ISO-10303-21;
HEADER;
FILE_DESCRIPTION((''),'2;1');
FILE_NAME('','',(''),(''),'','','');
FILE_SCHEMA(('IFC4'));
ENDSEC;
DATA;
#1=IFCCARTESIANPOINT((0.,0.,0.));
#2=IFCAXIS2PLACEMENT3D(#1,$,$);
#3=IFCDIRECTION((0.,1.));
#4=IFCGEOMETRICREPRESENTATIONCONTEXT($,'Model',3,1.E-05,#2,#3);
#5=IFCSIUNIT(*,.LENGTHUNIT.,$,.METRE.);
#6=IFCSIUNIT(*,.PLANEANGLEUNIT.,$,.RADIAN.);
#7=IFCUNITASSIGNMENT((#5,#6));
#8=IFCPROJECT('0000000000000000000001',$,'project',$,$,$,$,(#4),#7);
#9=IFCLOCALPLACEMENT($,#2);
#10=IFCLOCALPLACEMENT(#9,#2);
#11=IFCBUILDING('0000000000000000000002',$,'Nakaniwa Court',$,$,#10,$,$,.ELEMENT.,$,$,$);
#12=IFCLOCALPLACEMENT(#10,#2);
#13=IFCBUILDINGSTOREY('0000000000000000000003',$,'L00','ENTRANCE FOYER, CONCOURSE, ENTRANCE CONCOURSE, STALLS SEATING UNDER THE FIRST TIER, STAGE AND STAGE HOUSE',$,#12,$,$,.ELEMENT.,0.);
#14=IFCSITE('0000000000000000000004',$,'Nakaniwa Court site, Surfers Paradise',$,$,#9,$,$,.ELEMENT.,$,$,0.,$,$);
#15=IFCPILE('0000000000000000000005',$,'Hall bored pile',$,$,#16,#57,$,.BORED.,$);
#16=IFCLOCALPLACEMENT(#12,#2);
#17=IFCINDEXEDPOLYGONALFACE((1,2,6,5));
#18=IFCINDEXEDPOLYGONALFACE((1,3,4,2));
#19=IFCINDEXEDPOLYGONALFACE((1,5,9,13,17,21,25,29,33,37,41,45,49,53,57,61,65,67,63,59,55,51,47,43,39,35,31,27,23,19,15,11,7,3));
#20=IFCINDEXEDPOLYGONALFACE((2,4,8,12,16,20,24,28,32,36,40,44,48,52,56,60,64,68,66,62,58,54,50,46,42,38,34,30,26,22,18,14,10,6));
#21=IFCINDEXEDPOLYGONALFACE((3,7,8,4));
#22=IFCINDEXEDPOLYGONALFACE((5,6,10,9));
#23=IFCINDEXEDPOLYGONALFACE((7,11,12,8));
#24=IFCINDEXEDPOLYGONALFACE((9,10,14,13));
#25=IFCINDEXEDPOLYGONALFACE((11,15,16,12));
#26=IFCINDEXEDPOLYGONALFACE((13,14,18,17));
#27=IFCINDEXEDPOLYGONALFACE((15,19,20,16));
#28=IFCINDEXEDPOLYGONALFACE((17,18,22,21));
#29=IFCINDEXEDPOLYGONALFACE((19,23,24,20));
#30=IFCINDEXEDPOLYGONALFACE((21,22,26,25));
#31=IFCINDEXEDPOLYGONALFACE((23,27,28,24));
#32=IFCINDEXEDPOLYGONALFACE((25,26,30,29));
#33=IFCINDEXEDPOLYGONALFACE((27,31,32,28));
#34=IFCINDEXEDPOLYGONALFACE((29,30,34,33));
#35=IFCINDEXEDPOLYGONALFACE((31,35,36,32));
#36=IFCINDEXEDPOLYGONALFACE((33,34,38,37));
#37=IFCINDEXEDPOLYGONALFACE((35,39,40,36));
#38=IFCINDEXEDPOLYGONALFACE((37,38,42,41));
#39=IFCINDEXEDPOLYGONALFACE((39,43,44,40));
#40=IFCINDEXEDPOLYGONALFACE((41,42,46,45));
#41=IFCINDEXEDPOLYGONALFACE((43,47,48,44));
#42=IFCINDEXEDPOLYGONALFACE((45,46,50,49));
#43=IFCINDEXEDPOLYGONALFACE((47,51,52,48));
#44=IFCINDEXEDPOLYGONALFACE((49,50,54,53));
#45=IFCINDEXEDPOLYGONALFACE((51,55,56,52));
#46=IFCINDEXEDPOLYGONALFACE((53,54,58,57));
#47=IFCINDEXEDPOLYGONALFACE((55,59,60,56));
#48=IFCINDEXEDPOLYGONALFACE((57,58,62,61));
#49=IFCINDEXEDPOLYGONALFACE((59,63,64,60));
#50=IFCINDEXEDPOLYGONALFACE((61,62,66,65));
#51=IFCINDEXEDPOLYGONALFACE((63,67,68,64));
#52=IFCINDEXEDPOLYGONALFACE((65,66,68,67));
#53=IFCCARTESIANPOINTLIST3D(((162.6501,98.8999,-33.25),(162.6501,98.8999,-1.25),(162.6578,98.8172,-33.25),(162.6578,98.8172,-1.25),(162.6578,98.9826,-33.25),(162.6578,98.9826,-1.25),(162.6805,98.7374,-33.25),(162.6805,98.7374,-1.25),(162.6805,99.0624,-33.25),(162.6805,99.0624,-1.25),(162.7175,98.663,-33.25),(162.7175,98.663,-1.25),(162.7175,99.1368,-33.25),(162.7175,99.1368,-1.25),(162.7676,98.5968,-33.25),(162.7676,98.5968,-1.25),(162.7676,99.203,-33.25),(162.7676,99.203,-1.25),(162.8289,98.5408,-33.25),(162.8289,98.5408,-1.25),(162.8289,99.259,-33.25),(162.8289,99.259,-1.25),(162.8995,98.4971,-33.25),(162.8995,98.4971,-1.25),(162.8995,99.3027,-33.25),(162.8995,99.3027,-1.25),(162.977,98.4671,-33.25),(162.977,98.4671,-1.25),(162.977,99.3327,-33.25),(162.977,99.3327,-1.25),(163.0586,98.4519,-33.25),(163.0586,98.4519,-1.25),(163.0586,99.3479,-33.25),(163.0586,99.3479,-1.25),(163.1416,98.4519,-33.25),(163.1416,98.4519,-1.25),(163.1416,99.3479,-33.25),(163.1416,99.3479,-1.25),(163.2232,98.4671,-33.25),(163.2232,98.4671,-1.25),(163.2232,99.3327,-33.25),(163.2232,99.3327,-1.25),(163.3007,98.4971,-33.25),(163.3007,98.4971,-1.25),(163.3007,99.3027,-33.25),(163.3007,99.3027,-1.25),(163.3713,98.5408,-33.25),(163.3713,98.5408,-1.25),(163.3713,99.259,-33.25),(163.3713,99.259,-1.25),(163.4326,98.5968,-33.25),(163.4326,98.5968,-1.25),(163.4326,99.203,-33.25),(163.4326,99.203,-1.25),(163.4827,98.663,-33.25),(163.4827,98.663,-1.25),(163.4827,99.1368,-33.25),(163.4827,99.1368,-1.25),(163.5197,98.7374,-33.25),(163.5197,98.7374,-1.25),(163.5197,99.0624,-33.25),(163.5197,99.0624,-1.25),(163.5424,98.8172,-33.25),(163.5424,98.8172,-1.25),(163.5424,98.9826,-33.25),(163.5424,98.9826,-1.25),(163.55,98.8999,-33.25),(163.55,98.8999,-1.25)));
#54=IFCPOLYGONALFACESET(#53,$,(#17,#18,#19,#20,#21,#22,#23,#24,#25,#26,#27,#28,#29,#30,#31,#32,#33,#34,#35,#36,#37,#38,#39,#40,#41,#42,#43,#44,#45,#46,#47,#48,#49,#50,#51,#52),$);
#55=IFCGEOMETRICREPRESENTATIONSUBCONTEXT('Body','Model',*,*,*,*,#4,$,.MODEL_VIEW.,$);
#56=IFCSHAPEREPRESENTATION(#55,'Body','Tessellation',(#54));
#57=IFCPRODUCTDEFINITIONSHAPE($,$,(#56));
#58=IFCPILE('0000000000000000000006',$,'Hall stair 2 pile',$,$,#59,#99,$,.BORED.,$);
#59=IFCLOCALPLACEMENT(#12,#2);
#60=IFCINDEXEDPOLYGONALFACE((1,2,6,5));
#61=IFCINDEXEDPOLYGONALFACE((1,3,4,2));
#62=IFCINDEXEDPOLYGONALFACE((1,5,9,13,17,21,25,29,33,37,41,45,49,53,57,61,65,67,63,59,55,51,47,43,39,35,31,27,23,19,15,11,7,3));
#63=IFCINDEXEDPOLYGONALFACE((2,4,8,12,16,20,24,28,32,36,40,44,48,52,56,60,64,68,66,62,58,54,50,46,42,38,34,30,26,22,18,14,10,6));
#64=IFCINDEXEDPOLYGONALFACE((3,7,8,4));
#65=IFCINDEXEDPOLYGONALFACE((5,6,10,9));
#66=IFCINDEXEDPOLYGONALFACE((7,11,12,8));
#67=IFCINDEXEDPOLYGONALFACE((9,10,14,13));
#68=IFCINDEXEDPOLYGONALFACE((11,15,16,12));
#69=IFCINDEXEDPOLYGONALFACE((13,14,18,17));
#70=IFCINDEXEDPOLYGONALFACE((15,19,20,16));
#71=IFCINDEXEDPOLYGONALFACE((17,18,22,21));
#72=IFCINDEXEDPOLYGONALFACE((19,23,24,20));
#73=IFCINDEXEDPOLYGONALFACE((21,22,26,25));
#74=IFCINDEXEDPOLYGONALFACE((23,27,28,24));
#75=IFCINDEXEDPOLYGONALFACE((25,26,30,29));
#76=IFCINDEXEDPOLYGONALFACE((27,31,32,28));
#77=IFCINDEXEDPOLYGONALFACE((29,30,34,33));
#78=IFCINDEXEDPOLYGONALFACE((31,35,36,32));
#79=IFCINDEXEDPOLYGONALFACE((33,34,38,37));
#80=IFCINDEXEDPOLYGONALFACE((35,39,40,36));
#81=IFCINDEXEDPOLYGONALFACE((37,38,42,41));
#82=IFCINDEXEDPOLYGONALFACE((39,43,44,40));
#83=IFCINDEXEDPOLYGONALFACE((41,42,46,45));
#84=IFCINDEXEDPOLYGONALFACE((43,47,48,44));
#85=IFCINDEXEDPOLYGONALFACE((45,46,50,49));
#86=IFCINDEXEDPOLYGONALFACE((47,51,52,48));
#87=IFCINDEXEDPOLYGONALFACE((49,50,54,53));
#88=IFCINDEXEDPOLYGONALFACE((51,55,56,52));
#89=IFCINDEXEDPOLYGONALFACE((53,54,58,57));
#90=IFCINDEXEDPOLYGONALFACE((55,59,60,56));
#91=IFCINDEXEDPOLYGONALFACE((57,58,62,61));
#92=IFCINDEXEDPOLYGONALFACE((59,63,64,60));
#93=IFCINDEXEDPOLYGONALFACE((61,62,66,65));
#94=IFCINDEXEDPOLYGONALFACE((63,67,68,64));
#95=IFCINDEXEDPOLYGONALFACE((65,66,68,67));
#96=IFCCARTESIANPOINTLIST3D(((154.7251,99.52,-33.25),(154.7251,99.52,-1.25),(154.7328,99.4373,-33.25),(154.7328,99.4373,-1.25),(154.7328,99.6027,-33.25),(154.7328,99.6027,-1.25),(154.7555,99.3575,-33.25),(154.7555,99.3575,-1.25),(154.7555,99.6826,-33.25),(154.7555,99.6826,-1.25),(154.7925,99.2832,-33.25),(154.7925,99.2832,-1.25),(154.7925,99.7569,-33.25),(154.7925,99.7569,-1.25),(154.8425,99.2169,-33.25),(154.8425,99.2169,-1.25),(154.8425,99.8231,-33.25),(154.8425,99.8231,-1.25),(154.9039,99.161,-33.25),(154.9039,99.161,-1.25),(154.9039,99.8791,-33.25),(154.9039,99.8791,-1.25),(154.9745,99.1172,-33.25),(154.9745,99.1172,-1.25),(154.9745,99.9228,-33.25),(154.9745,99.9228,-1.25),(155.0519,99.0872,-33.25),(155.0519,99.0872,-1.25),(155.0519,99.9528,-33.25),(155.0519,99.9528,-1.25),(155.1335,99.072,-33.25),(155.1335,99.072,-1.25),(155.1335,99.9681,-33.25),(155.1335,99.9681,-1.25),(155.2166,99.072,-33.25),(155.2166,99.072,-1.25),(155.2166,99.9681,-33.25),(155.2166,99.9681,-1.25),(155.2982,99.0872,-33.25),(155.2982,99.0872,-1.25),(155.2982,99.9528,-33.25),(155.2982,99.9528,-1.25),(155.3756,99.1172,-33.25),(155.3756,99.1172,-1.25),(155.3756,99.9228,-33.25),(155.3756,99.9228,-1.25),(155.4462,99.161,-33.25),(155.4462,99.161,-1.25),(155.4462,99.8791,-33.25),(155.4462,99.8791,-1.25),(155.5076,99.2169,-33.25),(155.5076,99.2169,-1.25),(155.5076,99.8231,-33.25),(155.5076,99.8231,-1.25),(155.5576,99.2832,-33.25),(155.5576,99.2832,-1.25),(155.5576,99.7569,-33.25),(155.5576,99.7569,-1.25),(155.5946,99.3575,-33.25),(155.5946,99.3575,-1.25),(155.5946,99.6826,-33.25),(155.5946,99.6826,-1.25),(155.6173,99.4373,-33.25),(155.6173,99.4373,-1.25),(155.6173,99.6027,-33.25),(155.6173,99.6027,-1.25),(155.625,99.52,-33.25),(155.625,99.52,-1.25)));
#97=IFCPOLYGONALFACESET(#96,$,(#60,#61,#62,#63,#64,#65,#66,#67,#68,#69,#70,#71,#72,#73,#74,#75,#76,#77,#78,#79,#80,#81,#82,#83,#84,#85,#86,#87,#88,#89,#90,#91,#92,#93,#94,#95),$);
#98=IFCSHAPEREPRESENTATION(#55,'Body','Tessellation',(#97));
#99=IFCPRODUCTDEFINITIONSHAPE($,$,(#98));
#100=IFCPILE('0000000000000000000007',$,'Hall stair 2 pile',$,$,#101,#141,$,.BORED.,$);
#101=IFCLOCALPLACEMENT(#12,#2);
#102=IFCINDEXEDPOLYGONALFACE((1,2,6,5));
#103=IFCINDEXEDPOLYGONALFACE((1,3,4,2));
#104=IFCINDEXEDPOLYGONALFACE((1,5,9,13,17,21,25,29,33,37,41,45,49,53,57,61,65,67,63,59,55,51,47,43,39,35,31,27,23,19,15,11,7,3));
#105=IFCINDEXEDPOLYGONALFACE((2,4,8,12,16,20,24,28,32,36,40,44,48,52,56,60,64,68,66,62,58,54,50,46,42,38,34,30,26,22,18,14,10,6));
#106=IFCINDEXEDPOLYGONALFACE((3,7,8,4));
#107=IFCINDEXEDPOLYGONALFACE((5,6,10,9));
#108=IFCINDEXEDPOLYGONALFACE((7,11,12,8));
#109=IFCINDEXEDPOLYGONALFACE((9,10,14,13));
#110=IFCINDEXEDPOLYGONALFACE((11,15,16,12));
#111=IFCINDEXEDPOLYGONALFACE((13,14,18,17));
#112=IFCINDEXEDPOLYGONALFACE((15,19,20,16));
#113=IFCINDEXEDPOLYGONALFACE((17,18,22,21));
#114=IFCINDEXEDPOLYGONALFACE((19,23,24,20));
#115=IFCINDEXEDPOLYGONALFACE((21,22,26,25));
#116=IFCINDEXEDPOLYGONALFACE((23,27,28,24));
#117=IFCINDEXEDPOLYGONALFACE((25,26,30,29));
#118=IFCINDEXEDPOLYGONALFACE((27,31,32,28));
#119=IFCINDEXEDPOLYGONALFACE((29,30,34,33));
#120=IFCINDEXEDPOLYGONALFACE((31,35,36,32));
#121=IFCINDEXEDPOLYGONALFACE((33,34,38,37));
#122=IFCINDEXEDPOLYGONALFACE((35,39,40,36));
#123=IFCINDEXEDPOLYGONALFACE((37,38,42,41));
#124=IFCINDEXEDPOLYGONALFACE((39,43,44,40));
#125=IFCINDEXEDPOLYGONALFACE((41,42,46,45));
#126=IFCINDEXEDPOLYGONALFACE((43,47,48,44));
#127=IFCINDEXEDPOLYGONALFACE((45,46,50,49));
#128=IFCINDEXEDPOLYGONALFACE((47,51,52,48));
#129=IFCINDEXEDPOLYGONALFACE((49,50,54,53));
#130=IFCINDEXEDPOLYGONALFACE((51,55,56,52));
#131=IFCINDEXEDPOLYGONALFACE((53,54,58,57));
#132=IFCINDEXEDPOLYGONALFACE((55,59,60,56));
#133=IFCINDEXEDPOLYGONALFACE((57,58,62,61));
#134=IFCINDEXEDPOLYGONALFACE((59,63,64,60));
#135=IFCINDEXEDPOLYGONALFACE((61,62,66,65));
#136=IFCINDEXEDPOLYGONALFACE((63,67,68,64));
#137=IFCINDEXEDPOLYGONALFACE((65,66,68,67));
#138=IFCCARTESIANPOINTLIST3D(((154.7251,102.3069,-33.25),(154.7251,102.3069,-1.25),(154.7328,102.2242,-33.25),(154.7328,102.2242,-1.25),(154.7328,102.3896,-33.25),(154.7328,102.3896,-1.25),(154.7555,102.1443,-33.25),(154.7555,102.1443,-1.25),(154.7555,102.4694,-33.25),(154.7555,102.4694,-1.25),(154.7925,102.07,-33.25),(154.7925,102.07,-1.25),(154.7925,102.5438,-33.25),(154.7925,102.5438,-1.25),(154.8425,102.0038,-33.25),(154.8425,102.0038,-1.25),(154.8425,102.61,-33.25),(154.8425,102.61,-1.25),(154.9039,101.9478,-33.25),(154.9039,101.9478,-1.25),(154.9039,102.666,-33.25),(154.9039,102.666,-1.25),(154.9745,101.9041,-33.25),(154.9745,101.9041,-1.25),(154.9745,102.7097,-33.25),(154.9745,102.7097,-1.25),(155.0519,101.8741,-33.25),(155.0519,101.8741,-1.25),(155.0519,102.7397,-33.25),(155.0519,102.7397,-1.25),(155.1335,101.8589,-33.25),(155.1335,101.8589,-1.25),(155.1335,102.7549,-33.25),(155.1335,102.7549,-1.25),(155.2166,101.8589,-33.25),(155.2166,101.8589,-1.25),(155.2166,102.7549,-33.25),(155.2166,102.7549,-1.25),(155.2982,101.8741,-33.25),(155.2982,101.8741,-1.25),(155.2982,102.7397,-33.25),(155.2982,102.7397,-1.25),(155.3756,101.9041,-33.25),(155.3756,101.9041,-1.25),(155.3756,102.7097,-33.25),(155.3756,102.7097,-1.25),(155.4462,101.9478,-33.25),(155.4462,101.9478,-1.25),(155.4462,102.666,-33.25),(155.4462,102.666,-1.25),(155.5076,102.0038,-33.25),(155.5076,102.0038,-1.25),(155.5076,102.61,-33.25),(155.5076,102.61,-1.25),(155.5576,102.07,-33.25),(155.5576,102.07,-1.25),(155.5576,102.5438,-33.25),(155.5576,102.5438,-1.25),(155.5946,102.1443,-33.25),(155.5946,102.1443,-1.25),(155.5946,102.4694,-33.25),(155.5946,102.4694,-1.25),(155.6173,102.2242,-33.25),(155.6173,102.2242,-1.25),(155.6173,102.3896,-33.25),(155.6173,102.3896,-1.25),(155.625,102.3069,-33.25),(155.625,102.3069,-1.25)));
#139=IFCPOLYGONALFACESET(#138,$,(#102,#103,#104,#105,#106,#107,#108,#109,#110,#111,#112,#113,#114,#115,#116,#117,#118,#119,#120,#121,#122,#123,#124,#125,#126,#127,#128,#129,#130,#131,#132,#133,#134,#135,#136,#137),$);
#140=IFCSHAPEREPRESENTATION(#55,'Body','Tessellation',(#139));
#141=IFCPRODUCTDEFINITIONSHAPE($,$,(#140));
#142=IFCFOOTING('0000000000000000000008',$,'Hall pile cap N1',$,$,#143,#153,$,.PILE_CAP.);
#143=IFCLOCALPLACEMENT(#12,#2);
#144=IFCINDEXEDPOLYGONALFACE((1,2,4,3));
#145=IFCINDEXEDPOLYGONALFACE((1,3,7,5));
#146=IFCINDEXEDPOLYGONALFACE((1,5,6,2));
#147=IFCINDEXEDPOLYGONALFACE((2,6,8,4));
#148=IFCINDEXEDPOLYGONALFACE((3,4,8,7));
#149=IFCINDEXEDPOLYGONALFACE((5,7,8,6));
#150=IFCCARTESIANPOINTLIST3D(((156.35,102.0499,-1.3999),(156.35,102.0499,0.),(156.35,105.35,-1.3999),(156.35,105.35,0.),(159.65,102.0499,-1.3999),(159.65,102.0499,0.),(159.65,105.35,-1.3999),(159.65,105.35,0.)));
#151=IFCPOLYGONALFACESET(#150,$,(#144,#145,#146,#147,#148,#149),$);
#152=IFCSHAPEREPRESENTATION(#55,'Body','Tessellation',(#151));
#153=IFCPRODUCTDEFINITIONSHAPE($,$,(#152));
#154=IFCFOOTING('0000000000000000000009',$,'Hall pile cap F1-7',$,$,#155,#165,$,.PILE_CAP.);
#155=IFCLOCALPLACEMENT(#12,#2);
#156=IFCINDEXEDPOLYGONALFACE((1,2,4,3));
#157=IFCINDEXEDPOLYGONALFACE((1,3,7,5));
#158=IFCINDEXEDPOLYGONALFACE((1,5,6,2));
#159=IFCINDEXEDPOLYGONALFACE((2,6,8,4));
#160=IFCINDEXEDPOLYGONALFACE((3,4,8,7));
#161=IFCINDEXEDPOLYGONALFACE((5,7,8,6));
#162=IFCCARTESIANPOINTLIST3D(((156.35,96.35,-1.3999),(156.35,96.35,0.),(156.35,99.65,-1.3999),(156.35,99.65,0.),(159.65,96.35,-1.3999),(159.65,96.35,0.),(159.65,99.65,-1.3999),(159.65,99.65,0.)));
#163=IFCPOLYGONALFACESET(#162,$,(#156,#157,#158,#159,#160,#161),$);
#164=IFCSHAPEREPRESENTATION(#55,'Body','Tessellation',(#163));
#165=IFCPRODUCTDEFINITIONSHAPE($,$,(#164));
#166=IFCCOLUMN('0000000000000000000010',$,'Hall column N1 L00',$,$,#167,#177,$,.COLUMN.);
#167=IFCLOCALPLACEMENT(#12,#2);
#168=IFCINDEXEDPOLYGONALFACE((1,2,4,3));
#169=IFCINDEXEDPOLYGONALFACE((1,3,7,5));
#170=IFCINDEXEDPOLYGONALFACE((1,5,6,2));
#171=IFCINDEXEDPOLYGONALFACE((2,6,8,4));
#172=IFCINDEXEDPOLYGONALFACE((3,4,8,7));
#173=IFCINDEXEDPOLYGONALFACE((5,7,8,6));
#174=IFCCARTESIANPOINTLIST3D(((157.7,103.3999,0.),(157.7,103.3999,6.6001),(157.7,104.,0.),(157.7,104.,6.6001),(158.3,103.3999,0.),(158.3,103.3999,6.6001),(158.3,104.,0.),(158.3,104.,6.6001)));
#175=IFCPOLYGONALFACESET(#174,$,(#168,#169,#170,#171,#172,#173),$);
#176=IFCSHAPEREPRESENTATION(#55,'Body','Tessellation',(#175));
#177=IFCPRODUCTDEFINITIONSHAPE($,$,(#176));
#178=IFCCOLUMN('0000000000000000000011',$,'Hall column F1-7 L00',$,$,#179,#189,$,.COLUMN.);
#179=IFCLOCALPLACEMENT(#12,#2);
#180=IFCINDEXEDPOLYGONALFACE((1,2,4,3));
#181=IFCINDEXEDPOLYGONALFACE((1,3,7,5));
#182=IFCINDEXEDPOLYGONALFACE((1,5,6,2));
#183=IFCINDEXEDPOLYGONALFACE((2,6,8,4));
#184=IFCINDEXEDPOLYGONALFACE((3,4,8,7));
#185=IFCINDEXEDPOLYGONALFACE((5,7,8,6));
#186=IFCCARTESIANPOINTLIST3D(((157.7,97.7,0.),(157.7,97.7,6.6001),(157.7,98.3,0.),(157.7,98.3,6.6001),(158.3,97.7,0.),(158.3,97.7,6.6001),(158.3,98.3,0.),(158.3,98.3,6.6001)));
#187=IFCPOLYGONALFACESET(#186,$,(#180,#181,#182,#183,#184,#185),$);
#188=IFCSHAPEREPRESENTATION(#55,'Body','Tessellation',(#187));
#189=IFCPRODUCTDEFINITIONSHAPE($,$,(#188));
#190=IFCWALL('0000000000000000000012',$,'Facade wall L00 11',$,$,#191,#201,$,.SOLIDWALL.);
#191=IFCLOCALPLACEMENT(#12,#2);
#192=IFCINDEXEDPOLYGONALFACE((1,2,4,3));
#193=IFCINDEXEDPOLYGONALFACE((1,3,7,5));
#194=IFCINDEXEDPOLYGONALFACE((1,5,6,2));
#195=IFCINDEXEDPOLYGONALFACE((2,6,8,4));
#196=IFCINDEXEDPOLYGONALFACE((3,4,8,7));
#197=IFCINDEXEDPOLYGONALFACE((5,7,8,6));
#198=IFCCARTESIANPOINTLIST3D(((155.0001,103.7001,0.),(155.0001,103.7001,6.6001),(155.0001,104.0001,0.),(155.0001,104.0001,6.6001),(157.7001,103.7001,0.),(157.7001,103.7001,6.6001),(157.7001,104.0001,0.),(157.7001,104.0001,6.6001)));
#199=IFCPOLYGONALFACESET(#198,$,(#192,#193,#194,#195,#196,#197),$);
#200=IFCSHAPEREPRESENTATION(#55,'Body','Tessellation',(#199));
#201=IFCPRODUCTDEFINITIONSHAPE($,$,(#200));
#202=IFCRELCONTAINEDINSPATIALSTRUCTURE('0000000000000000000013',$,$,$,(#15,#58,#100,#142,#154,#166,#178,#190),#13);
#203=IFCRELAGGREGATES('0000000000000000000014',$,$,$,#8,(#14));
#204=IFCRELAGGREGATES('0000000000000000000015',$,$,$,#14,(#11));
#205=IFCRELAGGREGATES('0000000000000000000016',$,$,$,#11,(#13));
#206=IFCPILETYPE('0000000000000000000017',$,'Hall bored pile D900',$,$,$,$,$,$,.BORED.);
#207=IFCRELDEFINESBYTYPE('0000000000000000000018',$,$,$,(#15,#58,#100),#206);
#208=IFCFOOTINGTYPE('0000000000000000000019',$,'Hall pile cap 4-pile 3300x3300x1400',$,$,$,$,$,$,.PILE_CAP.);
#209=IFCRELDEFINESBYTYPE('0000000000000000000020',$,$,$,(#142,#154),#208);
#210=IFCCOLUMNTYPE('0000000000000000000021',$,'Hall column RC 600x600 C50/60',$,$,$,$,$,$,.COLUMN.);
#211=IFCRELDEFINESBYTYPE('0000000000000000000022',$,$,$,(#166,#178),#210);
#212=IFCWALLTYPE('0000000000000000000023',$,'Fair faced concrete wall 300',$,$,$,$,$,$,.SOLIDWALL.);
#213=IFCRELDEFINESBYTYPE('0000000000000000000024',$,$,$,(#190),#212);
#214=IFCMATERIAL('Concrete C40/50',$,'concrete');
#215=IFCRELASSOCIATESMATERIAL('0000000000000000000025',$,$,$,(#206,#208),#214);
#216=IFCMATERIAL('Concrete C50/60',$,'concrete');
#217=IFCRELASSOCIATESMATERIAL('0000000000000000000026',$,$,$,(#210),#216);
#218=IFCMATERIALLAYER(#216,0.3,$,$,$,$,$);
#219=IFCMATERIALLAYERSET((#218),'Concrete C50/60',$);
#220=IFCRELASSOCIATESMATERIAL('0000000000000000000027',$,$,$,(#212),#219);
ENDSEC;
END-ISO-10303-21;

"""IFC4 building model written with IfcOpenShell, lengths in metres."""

from ifc_helpers import new_model, si_unit, direction, frame, frame_2d, origin, origin_2d, place, context, subcontext, project, spatial, rectangle, circle, extrude, material, layer, layer_set, material_profile, profile_set, type_object, element, save


model = new_model("IFC4")

# Units and contexts
model_context = context("Model", 3, precision=1e-05, world=origin(), true_north=direction((0.0, 1.0)))
body_context = subcontext(model_context, "Body", "Model", "MODEL_VIEW")
ifc_project = project(units=[si_unit("LENGTHUNIT", "METRE"), si_unit("PLANEANGLEUNIT", "RADIAN")], contexts=[model_context])

# Site, building, storey
site_placement = place(None, origin())
site = spatial("IfcSite", under=ifc_project, at=site_placement, Name="Nakaniwa Court site, Surfers Paradise", CompositionType="ELEMENT", RefElevation=0.0)
building_placement = place(site_placement, origin())
building = spatial("IfcBuilding", under=site, at=building_placement, Name="Nakaniwa Court", CompositionType="ELEMENT")
storey_placement = place(building_placement, origin())
storey = spatial("IfcBuildingStorey", under=building, at=storey_placement, Name="L00", Description="ENTRANCE FOYER, CONCOURSE, ENTRANCE CONCOURSE, STALLS SEATING UNDER THE FIRST TIER, STAGE AND STAGE HOUSE", CompositionType="ELEMENT", Elevation=0.0)

# Piles
ifc_material_1 = material(Name="Concrete C40/50", Category="concrete")
ifc_material_profile_1 = material_profile(ifc_material_1, circle(Radius=0.45, at=origin_2d()), Name="Bored pile D900")
ifc_profile_set_1 = profile_set([ifc_material_profile_1], Name="Concrete C40/50")
pile_type = type_object("IfcPileType", Name="Hall bored pile D900", PredefinedType="BORED", material=ifc_profile_set_1)
for number, where, z_axis, x_axis, name in (
    (1, (163.1001, 98.8999, -1.25), (0.0, 0.0, -1.0), (1.0, 0.0, 0.0), "Hall bored pile"),
    (2, (155.175, 99.52, -1.25), (0.0, 0.0, -1.0), (1.0, 0.0, 0.0), "Hall stair 2 pile"),
    (3, (155.175, 102.3069, -1.25), (0.0, 0.0, -1.0), (1.0, 0.0, 0.0), "Hall stair 2 pile"),
):
    element("IfcPile", number, at=place(storey_placement, frame(where, z_axis=z_axis, x_axis=x_axis)), inside=storey, type_object=pile_type, Name=name, PredefinedType="BORED", context=body_context, shape_type="SweptSolid", body=[
        extrude(circle(Radius=0.45, at=origin_2d()), origin(), (0.0, 0.0, 1.0), 32.0),
    ])

# Footings
footing_type = type_object("IfcFootingType", Name="Hall pile cap 4-pile 3300x3300x1400", PredefinedType="PILE_CAP", material=ifc_material_1)
for number, where, z_axis, x_axis, name in (
    (4, (158.0, 103.7, -1.3999), (0.0, 0.0, 1.0), (1.0, 0.0, 0.0), "Hall pile cap N1"),
    (5, (158.0, 98.0, -1.3999), (0.0, 0.0, 1.0), (1.0, 0.0, 0.0), "Hall pile cap F1-7"),
):
    element("IfcFooting", number, at=place(storey_placement, frame(where, z_axis=z_axis, x_axis=x_axis)), inside=storey, type_object=footing_type, Name=name, PredefinedType="PILE_CAP", context=body_context, shape_type="SweptSolid", body=[
        extrude(rectangle(XDim=3.3, YDim=3.3, at=origin_2d()), origin(), (0.0, 0.0, 1.0), 1.3999),
    ])

# Columns
ifc_material_2 = material(Name="Concrete C50/60", Category="concrete")
ifc_material_profile_2 = material_profile(ifc_material_2, rectangle(XDim=0.6001, YDim=0.6001, at=origin_2d()), Name="RC 600x600")
ifc_profile_set_2 = profile_set([ifc_material_profile_2], Name="Concrete C50/60")
column_type = type_object("IfcColumnType", Name="Hall column RC 600x600 C50/60", PredefinedType="COLUMN", material=ifc_profile_set_2)
for number, where, z_axis, x_axis, name in (
    (6, (158.0, 103.7, 0.0), (0.0, 0.0, 1.0), (1.0, 0.0, 0.0), "Hall column N1 L00"),
    (7, (158.0, 98.0, 0.0), (0.0, 0.0, 1.0), (1.0, 0.0, 0.0), "Hall column F1-7 L00"),
):
    element("IfcColumn", number, at=place(storey_placement, frame(where, z_axis=z_axis, x_axis=x_axis)), inside=storey, type_object=column_type, Name=name, PredefinedType="COLUMN", context=body_context, shape_type="SweptSolid", body=[
        extrude(rectangle(XDim=0.6001, YDim=0.6001, at=origin_2d()), origin(), (0.0, 0.0, 1.0), 6.6001),
    ])

# Wall
ifc_layer_1 = layer(ifc_material_2, 0.3)
ifc_layer_set_1 = layer_set([ifc_layer_1], Name="Concrete C50/60")
wall_type_1 = type_object("IfcWallType", Name="Fair faced concrete wall 300", PredefinedType="SOLIDWALL", material=ifc_layer_set_1)
wall_1_placement = place(storey_placement, frame((155.0, 103.8501, 0.0), z_axis=(0.0, 0.0, 1.0), x_axis=(1.0, 0.0, 0.0)))
element("IfcWall", 8, at=wall_1_placement, inside=storey, type_object=wall_type_1, Name="Facade wall L00 11", PredefinedType="SOLIDWALL", context=body_context, shape_type="SweptSolid", body=[
    extrude(rectangle(XDim=2.7, YDim=0.3, at=frame_2d((1.3501, 0.0))), origin(), (0.0, 0.0, 1.0), 6.6001),
])

save(model, "model.ifc")
